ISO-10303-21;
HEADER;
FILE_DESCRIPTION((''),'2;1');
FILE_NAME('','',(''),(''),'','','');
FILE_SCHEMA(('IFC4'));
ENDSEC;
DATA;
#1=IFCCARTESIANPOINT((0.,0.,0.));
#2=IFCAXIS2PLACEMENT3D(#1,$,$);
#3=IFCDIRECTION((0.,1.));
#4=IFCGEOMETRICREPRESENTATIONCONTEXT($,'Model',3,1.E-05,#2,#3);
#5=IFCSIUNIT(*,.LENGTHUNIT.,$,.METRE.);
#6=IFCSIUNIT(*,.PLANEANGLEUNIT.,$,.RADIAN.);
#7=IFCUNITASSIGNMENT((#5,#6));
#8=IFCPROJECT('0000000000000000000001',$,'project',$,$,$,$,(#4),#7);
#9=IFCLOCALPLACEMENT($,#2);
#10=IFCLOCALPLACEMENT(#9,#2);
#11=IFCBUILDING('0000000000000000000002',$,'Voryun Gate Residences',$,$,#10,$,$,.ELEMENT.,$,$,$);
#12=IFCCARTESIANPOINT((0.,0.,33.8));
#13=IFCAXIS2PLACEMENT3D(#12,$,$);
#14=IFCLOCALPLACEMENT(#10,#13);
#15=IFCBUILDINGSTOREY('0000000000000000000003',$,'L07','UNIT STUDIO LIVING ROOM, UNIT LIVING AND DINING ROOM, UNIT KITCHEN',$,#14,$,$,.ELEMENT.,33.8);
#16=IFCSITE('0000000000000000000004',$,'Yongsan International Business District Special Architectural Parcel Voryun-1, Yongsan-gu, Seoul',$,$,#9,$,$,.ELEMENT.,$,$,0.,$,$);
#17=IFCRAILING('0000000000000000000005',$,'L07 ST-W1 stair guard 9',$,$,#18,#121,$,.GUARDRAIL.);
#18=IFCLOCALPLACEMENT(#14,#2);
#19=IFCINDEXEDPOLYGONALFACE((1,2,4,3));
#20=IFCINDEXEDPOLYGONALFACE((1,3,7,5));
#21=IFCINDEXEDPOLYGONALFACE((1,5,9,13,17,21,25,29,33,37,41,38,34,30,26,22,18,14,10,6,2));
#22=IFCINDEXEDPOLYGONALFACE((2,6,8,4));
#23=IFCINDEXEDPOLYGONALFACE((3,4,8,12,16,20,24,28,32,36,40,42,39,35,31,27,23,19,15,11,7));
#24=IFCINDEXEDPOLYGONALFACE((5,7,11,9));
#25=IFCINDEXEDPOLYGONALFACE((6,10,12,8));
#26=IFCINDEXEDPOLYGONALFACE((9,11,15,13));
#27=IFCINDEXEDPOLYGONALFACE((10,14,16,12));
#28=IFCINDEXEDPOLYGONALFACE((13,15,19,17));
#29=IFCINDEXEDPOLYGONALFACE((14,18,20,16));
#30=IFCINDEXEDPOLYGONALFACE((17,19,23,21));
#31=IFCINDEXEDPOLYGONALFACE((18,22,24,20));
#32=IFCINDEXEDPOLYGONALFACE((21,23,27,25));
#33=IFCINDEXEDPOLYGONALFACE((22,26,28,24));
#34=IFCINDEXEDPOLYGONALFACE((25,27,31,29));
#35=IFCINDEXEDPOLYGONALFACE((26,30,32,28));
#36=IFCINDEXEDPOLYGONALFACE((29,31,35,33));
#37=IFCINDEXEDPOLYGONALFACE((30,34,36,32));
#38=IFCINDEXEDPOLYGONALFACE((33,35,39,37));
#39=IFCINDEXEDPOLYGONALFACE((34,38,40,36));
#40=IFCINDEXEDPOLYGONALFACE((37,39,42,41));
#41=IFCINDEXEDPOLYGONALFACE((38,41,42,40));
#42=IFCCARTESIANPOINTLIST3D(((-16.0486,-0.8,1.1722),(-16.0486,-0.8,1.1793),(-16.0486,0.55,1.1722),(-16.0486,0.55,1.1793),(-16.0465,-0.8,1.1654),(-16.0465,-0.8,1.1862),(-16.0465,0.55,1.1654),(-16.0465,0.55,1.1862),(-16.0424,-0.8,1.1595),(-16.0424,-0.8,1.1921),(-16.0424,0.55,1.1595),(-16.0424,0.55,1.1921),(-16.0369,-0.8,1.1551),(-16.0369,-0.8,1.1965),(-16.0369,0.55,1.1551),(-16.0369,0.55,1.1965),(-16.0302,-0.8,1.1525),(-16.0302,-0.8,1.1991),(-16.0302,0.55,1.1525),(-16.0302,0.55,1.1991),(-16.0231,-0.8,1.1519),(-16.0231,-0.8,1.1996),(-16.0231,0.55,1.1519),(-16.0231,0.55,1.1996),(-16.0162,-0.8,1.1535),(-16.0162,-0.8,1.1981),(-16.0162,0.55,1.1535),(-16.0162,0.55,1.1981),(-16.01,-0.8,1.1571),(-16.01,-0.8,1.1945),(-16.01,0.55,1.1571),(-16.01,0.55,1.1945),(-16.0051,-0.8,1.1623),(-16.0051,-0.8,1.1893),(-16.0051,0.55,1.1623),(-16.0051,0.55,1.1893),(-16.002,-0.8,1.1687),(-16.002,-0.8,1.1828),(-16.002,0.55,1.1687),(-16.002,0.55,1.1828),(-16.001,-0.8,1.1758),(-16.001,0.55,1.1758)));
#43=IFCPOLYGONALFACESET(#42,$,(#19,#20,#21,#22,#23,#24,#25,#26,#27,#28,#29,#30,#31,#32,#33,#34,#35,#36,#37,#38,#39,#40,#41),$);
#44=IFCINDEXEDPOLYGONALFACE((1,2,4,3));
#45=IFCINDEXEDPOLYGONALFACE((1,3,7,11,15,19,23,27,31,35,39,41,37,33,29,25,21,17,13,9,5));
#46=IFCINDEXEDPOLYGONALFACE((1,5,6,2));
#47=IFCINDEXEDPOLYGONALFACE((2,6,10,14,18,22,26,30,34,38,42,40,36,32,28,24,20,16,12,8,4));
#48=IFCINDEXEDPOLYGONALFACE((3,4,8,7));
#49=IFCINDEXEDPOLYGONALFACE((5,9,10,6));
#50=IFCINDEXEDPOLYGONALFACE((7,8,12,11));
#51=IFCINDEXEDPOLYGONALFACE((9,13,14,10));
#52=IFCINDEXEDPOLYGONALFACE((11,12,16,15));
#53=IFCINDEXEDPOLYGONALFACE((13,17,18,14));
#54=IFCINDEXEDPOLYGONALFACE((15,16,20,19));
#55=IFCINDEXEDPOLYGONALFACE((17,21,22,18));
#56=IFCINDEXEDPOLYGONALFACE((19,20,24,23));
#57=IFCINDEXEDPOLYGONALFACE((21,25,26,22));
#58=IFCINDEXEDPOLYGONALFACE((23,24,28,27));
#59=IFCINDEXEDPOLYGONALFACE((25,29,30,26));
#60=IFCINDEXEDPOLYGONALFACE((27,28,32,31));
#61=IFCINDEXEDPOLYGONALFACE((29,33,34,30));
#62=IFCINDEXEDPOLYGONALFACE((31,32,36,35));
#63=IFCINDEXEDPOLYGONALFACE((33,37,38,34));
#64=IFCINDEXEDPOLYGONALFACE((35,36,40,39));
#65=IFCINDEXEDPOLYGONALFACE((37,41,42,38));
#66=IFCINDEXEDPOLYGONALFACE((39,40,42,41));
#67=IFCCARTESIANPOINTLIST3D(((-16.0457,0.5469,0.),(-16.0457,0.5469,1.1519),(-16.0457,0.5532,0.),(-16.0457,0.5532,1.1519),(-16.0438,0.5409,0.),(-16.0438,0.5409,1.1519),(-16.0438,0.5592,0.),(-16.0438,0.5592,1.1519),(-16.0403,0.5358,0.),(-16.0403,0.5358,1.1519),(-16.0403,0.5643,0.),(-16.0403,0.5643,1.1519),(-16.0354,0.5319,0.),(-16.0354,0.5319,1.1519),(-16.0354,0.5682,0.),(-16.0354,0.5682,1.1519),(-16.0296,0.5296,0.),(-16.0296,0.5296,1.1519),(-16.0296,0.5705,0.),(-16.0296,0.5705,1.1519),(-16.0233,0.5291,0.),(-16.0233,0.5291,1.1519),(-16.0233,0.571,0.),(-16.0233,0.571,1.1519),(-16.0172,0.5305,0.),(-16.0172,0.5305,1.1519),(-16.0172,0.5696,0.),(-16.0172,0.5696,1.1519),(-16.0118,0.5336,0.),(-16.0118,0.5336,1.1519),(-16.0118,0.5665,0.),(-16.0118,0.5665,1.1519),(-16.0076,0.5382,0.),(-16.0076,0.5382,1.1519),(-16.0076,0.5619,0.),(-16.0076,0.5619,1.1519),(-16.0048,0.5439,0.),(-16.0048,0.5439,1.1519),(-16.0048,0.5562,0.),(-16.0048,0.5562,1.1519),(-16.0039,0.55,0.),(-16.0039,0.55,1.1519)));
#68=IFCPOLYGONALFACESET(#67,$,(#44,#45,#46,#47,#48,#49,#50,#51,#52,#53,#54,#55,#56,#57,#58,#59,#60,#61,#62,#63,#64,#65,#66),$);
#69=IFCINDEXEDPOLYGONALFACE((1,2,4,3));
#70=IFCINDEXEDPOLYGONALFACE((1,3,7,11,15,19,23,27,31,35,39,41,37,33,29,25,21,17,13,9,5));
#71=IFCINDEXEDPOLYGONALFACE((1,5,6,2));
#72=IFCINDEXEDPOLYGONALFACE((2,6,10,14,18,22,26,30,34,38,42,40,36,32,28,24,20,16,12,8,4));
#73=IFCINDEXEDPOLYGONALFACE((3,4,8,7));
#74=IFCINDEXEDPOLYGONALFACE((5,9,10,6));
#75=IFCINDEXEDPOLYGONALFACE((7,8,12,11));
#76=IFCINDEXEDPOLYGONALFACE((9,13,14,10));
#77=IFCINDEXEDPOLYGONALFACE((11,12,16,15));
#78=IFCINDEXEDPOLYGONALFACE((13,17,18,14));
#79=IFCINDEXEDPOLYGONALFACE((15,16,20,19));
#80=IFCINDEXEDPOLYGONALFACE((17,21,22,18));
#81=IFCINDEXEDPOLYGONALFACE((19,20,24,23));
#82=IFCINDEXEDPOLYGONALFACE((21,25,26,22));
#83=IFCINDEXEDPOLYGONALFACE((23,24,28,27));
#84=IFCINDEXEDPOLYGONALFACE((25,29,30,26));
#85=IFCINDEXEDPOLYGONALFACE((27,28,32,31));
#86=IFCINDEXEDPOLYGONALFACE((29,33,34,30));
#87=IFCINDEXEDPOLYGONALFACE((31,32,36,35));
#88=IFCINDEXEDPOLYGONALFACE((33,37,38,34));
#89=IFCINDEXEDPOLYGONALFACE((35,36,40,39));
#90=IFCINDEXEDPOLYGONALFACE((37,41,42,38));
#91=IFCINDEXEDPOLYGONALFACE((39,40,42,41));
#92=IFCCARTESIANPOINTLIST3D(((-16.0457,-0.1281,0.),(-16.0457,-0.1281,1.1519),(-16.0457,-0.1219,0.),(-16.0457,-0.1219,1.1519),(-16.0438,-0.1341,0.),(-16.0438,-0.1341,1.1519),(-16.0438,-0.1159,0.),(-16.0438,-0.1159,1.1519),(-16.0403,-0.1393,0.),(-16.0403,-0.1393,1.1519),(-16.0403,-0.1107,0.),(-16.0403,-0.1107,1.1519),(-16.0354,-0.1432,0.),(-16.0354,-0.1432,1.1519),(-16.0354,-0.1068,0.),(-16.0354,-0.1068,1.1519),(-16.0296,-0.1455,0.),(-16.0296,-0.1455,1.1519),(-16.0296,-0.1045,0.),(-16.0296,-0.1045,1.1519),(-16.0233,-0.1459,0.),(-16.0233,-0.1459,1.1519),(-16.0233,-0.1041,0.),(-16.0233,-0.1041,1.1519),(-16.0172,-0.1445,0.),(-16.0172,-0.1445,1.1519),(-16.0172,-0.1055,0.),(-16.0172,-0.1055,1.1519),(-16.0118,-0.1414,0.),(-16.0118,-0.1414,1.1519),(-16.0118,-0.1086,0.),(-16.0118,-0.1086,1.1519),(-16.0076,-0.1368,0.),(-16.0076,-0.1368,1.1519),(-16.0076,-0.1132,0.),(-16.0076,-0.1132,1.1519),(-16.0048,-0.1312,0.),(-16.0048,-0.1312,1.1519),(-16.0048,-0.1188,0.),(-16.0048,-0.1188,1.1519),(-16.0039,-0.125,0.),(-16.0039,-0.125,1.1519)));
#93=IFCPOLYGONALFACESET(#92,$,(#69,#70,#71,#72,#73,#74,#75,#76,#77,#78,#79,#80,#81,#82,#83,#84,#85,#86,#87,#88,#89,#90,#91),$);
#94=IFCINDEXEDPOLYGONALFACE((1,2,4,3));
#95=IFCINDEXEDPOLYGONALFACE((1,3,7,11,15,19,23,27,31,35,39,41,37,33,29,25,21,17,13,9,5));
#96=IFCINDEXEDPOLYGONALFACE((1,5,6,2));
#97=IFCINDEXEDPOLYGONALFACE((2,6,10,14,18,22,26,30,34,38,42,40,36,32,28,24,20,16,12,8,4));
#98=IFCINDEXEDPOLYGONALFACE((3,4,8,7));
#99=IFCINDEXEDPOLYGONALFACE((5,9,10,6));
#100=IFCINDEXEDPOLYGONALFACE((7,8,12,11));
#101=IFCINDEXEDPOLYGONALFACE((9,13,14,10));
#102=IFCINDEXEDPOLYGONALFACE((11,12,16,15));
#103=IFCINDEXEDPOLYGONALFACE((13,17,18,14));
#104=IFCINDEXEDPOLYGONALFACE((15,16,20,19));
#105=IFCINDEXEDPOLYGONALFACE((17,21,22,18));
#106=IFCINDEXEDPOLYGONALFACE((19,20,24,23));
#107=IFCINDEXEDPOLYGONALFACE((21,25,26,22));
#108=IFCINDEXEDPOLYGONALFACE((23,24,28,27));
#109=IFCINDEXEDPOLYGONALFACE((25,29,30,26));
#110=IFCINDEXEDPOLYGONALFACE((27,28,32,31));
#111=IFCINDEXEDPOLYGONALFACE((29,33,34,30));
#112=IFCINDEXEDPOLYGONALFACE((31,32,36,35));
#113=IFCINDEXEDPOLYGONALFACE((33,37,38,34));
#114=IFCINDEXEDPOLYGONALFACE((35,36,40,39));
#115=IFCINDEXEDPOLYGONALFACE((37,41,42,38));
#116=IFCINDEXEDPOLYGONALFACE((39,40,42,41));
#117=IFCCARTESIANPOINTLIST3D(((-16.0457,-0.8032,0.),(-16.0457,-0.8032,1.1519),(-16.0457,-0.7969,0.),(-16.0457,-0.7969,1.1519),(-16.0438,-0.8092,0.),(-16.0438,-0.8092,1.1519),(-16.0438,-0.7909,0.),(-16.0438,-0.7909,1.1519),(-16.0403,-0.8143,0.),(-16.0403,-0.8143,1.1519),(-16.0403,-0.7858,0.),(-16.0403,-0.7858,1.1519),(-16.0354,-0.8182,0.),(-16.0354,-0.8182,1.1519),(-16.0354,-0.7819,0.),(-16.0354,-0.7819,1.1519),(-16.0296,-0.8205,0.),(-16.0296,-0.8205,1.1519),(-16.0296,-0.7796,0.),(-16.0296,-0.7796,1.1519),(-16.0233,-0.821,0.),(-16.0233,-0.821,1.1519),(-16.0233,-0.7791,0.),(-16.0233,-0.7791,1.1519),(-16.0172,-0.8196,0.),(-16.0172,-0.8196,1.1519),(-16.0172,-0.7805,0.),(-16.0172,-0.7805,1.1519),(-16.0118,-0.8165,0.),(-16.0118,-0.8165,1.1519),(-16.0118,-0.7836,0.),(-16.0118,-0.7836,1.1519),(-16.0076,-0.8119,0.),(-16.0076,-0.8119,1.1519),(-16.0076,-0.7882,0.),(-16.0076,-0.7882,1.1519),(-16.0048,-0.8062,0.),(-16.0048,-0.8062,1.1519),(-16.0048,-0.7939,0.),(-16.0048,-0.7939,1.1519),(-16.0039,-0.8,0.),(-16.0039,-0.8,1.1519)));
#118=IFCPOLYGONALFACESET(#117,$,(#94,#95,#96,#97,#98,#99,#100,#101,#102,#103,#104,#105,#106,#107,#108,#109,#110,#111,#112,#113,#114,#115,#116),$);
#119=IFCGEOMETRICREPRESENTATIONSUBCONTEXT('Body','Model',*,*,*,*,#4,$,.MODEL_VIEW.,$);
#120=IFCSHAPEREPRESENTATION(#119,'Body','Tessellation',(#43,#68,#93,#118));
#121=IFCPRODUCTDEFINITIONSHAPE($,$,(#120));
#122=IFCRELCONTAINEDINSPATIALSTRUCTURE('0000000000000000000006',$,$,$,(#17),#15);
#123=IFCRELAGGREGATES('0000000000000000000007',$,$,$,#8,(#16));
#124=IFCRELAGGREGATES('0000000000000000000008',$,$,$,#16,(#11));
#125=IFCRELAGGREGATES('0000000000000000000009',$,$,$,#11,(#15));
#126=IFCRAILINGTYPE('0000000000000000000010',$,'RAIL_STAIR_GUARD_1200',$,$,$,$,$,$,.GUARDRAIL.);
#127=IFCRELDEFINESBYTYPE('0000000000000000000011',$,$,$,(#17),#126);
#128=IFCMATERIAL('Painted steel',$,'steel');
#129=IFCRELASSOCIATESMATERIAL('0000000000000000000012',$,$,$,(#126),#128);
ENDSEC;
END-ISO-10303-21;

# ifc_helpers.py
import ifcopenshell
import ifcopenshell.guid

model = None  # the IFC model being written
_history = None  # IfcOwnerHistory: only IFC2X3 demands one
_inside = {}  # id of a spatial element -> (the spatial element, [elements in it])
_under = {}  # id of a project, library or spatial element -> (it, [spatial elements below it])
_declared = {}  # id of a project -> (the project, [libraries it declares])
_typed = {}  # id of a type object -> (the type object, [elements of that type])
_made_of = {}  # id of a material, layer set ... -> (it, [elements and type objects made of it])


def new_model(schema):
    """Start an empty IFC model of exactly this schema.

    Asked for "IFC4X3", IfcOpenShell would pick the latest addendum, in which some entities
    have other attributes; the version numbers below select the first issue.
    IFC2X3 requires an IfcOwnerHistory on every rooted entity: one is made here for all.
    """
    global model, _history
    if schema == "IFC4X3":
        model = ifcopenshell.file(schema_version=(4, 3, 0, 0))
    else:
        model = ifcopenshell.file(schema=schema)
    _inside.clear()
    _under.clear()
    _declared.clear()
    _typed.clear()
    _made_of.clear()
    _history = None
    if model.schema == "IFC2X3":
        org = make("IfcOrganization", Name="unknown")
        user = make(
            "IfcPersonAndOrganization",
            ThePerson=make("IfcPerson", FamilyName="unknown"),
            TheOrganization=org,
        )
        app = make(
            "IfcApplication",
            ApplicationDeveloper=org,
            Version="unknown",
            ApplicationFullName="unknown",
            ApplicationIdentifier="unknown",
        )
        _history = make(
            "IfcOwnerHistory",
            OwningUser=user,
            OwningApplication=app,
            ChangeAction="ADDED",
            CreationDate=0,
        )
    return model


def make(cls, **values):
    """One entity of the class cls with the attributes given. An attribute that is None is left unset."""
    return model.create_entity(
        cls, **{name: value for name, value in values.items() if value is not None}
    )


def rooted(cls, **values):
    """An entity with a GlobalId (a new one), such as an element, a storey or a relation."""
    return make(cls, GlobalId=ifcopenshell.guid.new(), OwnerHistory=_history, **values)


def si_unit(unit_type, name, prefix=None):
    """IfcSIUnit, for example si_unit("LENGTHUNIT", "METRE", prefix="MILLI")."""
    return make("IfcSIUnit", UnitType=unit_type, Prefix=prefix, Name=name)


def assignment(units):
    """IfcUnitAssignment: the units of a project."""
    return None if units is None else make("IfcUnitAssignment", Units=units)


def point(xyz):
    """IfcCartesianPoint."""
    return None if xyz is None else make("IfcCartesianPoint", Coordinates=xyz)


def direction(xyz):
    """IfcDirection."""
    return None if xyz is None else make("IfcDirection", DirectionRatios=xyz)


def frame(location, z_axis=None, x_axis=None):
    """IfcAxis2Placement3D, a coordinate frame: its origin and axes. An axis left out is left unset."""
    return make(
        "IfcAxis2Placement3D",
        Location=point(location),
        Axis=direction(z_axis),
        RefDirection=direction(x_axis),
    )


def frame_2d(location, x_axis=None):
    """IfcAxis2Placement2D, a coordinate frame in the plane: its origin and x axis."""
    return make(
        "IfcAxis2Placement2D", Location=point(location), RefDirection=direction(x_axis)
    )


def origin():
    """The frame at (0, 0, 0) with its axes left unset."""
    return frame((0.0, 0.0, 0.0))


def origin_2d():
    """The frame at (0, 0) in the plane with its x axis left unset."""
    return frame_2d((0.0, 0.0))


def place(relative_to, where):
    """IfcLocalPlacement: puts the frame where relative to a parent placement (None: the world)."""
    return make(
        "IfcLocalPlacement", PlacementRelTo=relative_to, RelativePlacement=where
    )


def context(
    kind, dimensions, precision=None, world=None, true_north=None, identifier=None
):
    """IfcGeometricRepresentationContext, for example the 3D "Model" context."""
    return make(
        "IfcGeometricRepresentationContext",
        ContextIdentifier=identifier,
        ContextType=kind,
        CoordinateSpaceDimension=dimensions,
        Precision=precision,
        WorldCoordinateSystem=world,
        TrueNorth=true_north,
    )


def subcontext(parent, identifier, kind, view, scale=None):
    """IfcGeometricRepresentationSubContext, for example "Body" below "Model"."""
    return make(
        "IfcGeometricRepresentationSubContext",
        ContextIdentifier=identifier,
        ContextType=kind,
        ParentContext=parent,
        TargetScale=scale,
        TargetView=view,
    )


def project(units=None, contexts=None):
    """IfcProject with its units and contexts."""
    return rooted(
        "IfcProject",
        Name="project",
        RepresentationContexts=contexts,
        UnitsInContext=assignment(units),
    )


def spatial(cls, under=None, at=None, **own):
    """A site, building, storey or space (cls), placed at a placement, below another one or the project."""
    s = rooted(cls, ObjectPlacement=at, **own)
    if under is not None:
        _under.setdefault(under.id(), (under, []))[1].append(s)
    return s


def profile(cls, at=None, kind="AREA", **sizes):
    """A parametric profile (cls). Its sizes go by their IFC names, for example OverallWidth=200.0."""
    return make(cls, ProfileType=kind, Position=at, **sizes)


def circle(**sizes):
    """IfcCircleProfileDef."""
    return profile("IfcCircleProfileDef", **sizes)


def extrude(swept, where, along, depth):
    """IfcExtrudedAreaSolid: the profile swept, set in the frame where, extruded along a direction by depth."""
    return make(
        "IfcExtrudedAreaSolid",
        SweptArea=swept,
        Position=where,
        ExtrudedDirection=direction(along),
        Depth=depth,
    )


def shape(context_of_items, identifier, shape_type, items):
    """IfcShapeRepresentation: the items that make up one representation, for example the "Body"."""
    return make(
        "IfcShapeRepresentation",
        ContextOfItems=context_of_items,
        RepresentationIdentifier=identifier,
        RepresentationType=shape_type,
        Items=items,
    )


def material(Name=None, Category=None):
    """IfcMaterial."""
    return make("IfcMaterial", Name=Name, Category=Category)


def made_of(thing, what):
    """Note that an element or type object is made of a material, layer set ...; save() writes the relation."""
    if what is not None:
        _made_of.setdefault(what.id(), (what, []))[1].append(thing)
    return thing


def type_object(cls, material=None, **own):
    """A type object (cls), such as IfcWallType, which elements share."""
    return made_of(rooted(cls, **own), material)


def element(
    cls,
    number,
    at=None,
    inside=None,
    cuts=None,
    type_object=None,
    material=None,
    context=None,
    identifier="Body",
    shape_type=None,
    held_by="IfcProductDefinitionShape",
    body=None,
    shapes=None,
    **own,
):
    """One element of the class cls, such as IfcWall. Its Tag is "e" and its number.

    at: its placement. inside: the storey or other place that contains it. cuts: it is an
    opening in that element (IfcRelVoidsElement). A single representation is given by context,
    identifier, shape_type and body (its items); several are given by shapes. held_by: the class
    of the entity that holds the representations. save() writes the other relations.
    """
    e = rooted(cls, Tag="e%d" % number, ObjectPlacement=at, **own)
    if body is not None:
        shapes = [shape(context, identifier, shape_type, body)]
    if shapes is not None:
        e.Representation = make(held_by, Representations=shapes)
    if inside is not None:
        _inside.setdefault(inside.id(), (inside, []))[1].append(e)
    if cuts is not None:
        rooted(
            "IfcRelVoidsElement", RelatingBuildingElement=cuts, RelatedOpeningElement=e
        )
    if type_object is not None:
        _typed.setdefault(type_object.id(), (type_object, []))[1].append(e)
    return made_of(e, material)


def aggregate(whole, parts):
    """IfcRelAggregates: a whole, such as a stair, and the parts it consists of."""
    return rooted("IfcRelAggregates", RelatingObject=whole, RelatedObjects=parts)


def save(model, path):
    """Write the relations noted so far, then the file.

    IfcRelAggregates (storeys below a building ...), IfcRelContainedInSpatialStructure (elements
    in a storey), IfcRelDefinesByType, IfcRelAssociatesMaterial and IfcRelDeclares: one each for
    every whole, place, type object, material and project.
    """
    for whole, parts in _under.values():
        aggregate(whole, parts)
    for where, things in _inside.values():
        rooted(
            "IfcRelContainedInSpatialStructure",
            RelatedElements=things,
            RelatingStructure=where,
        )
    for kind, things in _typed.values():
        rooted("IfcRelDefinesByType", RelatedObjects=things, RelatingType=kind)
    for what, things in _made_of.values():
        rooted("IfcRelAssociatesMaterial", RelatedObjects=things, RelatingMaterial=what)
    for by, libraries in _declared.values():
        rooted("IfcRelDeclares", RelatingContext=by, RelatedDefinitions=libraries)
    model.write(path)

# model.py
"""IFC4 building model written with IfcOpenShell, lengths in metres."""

from ifc_helpers import new_model, si_unit, direction, frame, origin, origin_2d, place, context, subcontext, project, spatial, circle, extrude, material, type_object, element, save


model = new_model("IFC4")

# Units and contexts
model_context = context("Model", 3, precision=1e-05, world=origin(), true_north=direction((0.0, 1.0)))
body_context = subcontext(model_context, "Body", "Model", "MODEL_VIEW")
ifc_project = project(units=[si_unit("LENGTHUNIT", "METRE"), si_unit("PLANEANGLEUNIT", "RADIAN")], contexts=[model_context])

# Site, building, storey
site_placement = place(None, origin())
site = spatial("IfcSite", under=ifc_project, at=site_placement, Name="Yongsan International Business District Special Architectural Parcel Voryun-1, Yongsan-gu, Seoul", CompositionType="ELEMENT", RefElevation=0.0)
building_placement = place(site_placement, origin())
building = spatial("IfcBuilding", under=site, at=building_placement, Name="Voryun Gate Residences", CompositionType="ELEMENT")
storey_placement = place(building_placement, frame((0.0, 0.0, 33.8)))
storey = spatial("IfcBuildingStorey", under=building, at=storey_placement, Name="L07", Description="UNIT STUDIO LIVING ROOM, UNIT LIVING AND DINING ROOM, UNIT KITCHEN", CompositionType="ELEMENT", Elevation=33.8)

# Railing
ifc_material_1 = material(Name="Painted steel", Category="steel")
railing_type = type_object("IfcRailingType", Name="RAIL_STAIR_GUARD_1200", PredefinedType="GUARDRAIL", material=ifc_material_1)
for number, where, name in (
    (1, (-16.0249, 0.55, 0.0), "L07 ST-W1 stair guard 9"),
):
    element("IfcRailing", number, at=place(storey_placement, frame(where)), inside=storey, type_object=railing_type, Name=name, PredefinedType="GUARDRAIL", context=body_context, shape_type="SweptSolid", body=[
        extrude(circle(Radius=0.0239, at=origin_2d()), frame((0.0, 0.0, 1.1758), z_axis=(0.0, -1.0, 0.0), x_axis=(1.0, 0.0, 0.0)), (0.0, 0.0, 1.0), 1.3501),
        extrude(circle(Radius=0.021, at=origin_2d()), origin(), (0.0, 0.0, 1.0), 1.1519),
        extrude(circle(Radius=0.021, at=origin_2d()), frame((0.0, -0.675, 0.0)), (0.0, 0.0, 1.0), 1.1519),
        extrude(circle(Radius=0.021, at=origin_2d()), frame((0.0, -1.3501, 0.0)), (0.0, 0.0, 1.0), 1.1519),
    ])

save(model, "model.ifc")
